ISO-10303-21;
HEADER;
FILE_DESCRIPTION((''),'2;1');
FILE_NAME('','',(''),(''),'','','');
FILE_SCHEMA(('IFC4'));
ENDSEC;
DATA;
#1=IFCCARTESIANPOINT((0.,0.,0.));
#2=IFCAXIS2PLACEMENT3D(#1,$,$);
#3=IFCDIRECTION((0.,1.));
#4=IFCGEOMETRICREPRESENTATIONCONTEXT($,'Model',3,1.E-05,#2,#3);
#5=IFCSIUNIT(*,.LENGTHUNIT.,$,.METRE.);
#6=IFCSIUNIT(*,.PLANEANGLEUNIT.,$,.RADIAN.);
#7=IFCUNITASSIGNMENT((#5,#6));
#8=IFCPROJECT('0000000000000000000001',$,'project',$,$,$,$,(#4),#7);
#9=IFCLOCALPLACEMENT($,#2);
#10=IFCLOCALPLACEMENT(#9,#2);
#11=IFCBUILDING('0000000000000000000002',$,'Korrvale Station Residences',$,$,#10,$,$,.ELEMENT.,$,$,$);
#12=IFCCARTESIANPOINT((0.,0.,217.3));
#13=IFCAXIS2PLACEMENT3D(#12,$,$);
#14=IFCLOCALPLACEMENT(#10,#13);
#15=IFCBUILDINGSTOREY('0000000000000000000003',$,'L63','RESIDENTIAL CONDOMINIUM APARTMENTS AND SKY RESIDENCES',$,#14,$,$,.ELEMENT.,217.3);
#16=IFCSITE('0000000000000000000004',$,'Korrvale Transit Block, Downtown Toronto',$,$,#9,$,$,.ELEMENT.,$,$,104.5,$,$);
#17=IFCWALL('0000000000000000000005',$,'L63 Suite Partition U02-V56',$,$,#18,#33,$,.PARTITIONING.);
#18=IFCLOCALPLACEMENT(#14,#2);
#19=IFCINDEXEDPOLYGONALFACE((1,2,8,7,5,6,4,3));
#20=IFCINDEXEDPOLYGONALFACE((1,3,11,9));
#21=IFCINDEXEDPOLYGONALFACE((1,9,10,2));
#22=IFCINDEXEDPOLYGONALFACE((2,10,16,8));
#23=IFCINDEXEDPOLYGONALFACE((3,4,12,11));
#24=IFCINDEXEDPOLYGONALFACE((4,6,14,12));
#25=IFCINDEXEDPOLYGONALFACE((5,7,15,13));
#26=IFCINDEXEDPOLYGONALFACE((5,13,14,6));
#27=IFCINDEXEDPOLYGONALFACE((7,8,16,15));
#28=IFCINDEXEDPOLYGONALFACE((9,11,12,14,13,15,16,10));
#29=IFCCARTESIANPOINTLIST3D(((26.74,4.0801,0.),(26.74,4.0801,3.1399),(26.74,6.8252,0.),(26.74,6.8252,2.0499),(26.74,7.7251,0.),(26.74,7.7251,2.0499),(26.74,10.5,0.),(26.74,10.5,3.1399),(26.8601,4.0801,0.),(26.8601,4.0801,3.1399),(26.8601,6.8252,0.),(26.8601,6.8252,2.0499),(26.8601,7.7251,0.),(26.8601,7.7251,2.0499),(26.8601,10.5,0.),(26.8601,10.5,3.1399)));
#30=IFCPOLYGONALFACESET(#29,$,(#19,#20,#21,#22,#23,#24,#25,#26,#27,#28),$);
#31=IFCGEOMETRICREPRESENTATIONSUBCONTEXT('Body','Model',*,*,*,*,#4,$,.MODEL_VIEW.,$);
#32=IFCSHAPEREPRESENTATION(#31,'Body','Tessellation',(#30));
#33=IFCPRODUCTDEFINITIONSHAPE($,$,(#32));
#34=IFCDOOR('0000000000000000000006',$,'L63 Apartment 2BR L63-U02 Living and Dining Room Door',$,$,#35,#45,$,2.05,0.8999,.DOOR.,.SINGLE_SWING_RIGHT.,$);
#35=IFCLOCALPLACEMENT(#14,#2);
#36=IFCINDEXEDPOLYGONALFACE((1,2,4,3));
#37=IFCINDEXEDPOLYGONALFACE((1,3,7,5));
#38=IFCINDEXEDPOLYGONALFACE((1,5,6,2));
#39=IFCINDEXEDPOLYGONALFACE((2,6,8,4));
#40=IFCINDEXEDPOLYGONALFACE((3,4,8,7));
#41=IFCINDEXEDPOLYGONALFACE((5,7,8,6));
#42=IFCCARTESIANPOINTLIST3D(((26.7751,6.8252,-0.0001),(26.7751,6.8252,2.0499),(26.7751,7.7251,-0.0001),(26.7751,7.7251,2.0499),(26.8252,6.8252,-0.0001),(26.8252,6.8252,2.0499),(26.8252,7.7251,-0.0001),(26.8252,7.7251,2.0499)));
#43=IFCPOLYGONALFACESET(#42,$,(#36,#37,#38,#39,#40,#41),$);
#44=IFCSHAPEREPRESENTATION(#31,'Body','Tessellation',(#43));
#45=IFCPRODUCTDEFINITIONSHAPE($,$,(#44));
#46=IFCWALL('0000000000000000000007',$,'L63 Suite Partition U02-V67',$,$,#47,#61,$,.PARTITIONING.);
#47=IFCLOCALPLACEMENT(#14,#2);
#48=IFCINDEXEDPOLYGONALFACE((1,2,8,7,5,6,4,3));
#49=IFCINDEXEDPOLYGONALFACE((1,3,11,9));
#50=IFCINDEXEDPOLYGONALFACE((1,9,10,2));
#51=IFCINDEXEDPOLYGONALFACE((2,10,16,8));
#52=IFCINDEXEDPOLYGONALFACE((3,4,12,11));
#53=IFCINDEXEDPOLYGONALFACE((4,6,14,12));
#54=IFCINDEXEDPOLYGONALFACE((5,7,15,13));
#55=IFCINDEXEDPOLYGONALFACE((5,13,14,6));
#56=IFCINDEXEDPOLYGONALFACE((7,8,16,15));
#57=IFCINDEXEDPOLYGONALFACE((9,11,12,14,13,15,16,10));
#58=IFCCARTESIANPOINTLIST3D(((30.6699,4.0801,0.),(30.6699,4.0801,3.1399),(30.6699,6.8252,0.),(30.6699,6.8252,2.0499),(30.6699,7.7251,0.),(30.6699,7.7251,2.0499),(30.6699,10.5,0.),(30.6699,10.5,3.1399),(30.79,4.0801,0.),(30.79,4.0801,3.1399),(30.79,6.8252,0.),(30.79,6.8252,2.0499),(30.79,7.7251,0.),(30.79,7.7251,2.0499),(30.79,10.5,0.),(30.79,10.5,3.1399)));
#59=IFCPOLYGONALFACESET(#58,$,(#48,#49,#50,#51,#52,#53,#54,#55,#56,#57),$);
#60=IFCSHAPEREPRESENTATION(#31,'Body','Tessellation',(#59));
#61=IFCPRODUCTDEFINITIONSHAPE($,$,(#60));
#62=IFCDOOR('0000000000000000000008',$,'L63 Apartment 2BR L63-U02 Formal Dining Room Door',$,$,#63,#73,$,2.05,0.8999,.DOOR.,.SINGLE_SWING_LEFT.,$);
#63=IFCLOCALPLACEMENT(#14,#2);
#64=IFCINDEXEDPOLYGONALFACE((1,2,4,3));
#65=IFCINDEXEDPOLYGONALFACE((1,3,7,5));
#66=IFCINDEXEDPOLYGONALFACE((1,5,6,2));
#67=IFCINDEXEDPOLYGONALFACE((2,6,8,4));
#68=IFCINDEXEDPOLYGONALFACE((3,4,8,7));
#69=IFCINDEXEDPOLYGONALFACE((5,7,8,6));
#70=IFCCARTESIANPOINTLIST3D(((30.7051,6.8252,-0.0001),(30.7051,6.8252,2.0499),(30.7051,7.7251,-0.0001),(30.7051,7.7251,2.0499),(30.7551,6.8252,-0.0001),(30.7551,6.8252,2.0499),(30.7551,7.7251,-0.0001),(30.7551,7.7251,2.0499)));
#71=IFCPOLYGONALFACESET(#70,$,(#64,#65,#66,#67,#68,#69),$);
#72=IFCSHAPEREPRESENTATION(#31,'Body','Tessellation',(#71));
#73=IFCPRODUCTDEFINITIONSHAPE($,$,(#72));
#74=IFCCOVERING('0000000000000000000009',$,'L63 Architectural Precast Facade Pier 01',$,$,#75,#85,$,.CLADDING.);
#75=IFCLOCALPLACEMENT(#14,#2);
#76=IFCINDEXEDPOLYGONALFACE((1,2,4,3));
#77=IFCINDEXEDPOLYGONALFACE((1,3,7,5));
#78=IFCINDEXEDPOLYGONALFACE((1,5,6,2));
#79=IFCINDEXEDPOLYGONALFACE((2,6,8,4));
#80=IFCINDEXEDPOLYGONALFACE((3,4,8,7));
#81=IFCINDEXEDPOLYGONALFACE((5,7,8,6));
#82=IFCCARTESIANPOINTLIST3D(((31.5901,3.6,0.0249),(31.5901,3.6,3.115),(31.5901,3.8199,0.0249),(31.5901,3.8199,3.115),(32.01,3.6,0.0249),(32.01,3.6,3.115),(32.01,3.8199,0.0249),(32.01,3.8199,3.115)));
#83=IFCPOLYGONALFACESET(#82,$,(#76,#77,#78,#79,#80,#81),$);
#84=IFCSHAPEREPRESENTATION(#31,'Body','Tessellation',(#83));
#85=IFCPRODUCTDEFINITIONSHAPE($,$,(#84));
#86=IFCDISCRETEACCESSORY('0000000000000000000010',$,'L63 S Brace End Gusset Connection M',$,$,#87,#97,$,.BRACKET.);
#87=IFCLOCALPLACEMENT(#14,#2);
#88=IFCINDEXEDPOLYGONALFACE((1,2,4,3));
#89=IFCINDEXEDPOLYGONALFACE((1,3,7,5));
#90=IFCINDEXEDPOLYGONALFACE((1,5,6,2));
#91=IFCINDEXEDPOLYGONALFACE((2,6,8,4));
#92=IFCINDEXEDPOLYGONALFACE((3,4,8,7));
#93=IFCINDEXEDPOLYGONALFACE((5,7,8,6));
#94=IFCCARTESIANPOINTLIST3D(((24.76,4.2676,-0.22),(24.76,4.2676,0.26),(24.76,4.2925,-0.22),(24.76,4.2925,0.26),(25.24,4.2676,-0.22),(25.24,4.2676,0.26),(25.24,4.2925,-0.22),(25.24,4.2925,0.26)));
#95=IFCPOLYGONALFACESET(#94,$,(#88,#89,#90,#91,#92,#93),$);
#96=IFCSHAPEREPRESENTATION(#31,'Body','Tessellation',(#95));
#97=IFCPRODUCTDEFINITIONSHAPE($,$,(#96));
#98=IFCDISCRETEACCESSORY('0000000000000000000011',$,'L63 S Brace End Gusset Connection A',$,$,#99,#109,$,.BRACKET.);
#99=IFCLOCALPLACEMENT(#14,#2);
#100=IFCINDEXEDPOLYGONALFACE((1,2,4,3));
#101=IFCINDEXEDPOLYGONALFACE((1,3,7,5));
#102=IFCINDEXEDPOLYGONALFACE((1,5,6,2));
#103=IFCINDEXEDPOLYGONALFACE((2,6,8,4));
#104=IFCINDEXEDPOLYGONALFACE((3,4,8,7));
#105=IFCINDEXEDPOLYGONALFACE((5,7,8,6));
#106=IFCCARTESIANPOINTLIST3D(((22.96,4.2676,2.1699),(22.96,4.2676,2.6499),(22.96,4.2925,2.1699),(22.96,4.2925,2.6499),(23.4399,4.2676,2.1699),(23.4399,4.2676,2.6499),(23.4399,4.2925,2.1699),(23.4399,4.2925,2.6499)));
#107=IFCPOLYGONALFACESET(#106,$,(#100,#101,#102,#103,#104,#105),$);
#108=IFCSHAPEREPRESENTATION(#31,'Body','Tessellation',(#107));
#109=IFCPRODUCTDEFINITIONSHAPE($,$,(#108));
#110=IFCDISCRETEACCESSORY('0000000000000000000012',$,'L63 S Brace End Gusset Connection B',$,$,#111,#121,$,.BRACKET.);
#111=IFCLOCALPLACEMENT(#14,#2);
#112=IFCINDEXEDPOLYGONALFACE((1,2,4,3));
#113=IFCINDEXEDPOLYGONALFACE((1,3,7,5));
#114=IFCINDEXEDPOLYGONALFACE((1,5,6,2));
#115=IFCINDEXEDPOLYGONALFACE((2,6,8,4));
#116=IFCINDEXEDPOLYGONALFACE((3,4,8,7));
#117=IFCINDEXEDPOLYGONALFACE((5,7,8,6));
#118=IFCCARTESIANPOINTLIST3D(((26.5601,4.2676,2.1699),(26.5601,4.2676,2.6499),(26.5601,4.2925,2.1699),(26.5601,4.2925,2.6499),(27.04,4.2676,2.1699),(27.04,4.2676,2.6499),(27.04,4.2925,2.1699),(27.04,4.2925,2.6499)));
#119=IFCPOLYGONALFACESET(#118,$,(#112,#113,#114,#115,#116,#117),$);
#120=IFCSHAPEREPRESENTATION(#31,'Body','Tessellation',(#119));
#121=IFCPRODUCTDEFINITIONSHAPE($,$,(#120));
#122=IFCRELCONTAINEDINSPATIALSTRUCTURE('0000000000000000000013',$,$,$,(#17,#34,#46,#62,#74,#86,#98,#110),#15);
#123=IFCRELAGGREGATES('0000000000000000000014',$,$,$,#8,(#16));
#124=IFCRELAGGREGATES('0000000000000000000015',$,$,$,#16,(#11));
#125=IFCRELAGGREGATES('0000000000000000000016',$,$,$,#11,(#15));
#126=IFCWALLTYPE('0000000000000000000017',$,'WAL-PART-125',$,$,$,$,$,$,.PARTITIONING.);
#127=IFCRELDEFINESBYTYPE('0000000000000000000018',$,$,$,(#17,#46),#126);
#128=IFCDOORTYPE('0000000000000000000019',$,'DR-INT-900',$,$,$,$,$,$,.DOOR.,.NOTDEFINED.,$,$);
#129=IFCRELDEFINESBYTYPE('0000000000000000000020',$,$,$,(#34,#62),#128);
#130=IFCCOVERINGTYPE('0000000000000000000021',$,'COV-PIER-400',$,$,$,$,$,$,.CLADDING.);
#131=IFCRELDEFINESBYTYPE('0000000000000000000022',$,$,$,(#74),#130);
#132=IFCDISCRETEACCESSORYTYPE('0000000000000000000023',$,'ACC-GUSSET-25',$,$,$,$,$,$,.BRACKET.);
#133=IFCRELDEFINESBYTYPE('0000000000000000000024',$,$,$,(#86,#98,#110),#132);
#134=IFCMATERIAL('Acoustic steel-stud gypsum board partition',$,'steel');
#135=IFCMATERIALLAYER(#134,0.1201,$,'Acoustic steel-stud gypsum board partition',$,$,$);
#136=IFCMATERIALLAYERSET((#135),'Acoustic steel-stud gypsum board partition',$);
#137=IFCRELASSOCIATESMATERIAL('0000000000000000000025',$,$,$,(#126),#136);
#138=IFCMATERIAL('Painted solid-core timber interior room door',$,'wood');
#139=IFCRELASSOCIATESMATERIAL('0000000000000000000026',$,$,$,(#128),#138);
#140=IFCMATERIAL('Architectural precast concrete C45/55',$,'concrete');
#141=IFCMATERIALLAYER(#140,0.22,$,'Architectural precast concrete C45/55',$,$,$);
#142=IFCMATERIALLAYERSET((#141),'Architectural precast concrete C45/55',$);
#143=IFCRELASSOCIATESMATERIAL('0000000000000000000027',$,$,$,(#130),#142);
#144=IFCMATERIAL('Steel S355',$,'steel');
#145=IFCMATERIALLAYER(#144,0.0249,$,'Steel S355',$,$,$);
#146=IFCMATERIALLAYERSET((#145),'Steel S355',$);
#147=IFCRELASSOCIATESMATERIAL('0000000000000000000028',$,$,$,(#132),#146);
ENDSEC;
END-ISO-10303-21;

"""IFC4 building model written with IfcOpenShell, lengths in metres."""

from ifc_helpers import new_model, si_unit, direction, frame, frame_2d, origin, origin_2d, place, context, subcontext, project, spatial, rectangle, extrude, material, layer, layer_set, type_object, element, fill, save


model = new_model("IFC4")

# Units and contexts
model_context = context("Model", 3, precision=1e-05, world=origin(), true_north=direction((0.0, 1.0)))
body_context = subcontext(model_context, "Body", "Model", "MODEL_VIEW")
ifc_project = project(units=[si_unit("LENGTHUNIT", "METRE"), si_unit("PLANEANGLEUNIT", "RADIAN")], contexts=[model_context])

# Site, building, storey
site_placement = place(None, origin())
site = spatial("IfcSite", under=ifc_project, at=site_placement, Name="Korrvale Transit Block, Downtown Toronto", CompositionType="ELEMENT", RefElevation=104.5)
building_placement = place(site_placement, origin())
building = spatial("IfcBuilding", under=site, at=building_placement, Name="Korrvale Station Residences", CompositionType="ELEMENT")
storey_placement = place(building_placement, frame((0.0, 0.0, 217.3)))
storey = spatial("IfcBuildingStorey", under=building, at=storey_placement, Name="L63", Description="RESIDENTIAL CONDOMINIUM APARTMENTS AND SKY RESIDENCES", CompositionType="ELEMENT", Elevation=217.3)

# Shared definitions
ifc_material_1 = material(Name="Steel S355", Category="steel")

# Shared definitions
ifc_material_2 = material(Name="Acoustic steel-stud gypsum board partition", Category="steel")
ifc_layer_1 = layer(ifc_material_2, 0.1201, Name="Acoustic steel-stud gypsum board partition")
ifc_layer_set_1 = layer_set([ifc_layer_1], Name="Acoustic steel-stud gypsum board partition")
wall_type = type_object("IfcWallType", Name="WAL-PART-125", PredefinedType="PARTITIONING", material=ifc_layer_set_1)
ifc_material_3 = material(Name="Painted solid-core timber interior room door", Category="wood")
door_type = type_object("IfcDoorType", Name="DR-INT-900", OperationType="NOTDEFINED", PredefinedType="DOOR", material=ifc_material_3)

# Walls, openings, doors
wall_1_placement = place(storey_placement, frame((26.8, 4.0801, 0.0), z_axis=(0.0, 0.0, 1.0), x_axis=(0.0, 1.0, 0.0)))
wall_1 = element("IfcWall", 1, at=wall_1_placement, inside=storey, type_object=wall_type, Name="L63 Suite Partition U02-V56", PredefinedType="PARTITIONING", context=body_context, shape_type="SweptSolid", body=[
    extrude(rectangle(XDim=6.4199, YDim=0.1201, at=frame_2d((3.21, 0.0))), origin(), (0.0, 0.0, 1.0), 3.1399),
])
opening_1_placement = place(wall_1_placement, frame((2.7451, 0.0, 0.0)))
opening_1 = element("IfcOpeningElement", 2, at=opening_1_placement, cuts=wall_1, PredefinedType="OPENING", context=body_context, shape_type="SweptSolid", body=[
    extrude(rectangle(XDim=0.8999, YDim=2.05, at=frame_2d((0.45, 1.0249))), frame((0.0, 0.0701, 0.0), z_axis=(0.0, -1.0, 0.0), x_axis=(1.0, 0.0, 0.0)), (0.0, 0.0, 1.0), 0.1401),
])
door_1_placement = place(opening_1_placement, origin())
door_1 = element("IfcDoor", 3, at=door_1_placement, inside=storey, type_object=door_type, Name="L63 Apartment 2BR L63-U02 Living and Dining Room Door", OperationType="SINGLE_SWING_RIGHT", OverallHeight=2.05, OverallWidth=0.8999, PredefinedType="DOOR", context=body_context, shape_type="SweptSolid", body=[
    extrude(rectangle(XDim=0.8999, YDim=2.05, at=frame_2d((0.45, 1.0249))), frame((0.0, 0.0249, 0.0), z_axis=(0.0, -1.0, 0.0), x_axis=(1.0, 0.0, 0.0)), (0.0, 0.0, 1.0), 0.05),
])
fill(opening_1, door_1)
wall_2_placement = place(storey_placement, frame((30.73, 4.0801, 0.0), z_axis=(0.0, 0.0, 1.0), x_axis=(0.0, 1.0, 0.0)))
wall_2 = element("IfcWall", 4, at=wall_2_placement, inside=storey, type_object=wall_type, Name="L63 Suite Partition U02-V67", PredefinedType="PARTITIONING", context=body_context, shape_type="SweptSolid", body=[
    extrude(rectangle(XDim=6.4199, YDim=0.1201, at=frame_2d((3.21, 0.0))), origin(), (0.0, 0.0, 1.0), 3.1399),
])
opening_2_placement = place(wall_2_placement, frame((2.7451, 0.0, 0.0)))
opening_2 = element("IfcOpeningElement", 5, at=opening_2_placement, cuts=wall_2, PredefinedType="OPENING", context=body_context, shape_type="SweptSolid", body=[
    extrude(rectangle(XDim=0.8999, YDim=2.05, at=frame_2d((0.45, 1.0249))), frame((0.0, 0.0701, 0.0), z_axis=(0.0, -1.0, 0.0), x_axis=(1.0, 0.0, 0.0)), (0.0, 0.0, 1.0), 0.1401),
])
door_2_placement = place(opening_2_placement, origin())
door_2 = element("IfcDoor", 6, at=door_2_placement, inside=storey, type_object=door_type, Name="L63 Apartment 2BR L63-U02 Formal Dining Room Door", OperationType="SINGLE_SWING_LEFT", OverallHeight=2.05, OverallWidth=0.8999, PredefinedType="DOOR", context=body_context, shape_type="SweptSolid", body=[
    extrude(rectangle(XDim=0.8999, YDim=2.05, at=frame_2d((0.45, 1.0249))), frame((0.0, 0.0249, 0.0), z_axis=(0.0, -1.0, 0.0), x_axis=(1.0, 0.0, 0.0)), (0.0, 0.0, 1.0), 0.05),
])
fill(opening_2, door_2)

# Covering
ifc_material_4 = material(Name="Architectural precast concrete C45/55", Category="concrete")
ifc_layer_2 = layer(ifc_material_4, 0.22, Name="Architectural precast concrete C45/55")
ifc_layer_set_2 = layer_set([ifc_layer_2], Name="Architectural precast concrete C45/55")
covering_type = type_object("IfcCoveringType", Name="COV-PIER-400", PredefinedType="CLADDING", material=ifc_layer_set_2)
covering_placement = place(storey_placement, frame((31.8, 3.71, 0.0249), z_axis=(0.0, 0.0, 1.0), x_axis=(1.0, 0.0, 0.0)))
element("IfcCovering", 7, at=covering_placement, inside=storey, type_object=covering_type, Name="L63 Architectural Precast Facade Pier 01", PredefinedType="CLADDING", context=body_context, shape_type="SweptSolid", body=[
    extrude(rectangle(XDim=0.4199, YDim=0.22, at=origin_2d()), origin(), (0.0, 0.0, 1.0), 3.0901),
])

# Discrete accessories
ifc_layer_3 = layer(ifc_material_1, 0.0249, Name="Steel S355")
ifc_layer_set_3 = layer_set([ifc_layer_3], Name="Steel S355")
discrete_accessory_type = type_object("IfcDiscreteAccessoryType", Name="ACC-GUSSET-25", PredefinedType="BRACKET", material=ifc_layer_set_3)
for number, where, z_axis, x_axis, name in (
    (8, (25.0, 4.28, -0.22), (0.0, 0.0, 1.0), (1.0, 0.0, 0.0), "L63 S Brace End Gusset Connection M"),
    (9, (23.2, 4.28, 2.1699), (0.0, 0.0, 1.0), (1.0, 0.0, 0.0), "L63 S Brace End Gusset Connection A"),
    (10, (26.8, 4.28, 2.1699), (0.0, 0.0, 1.0), (1.0, 0.0, 0.0), "L63 S Brace End Gusset Connection B"),
):
    element("IfcDiscreteAccessory", number, at=place(storey_placement, frame(where, z_axis=z_axis, x_axis=x_axis)), inside=storey, type_object=discrete_accessory_type, Name=name, PredefinedType="BRACKET", context=body_context, shape_type="SweptSolid", body=[
        extrude(rectangle(XDim=0.48, YDim=0.0249, at=origin_2d()), origin(), (0.0, 0.0, 1.0), 0.48),
    ])

save(model, "model.ifc")
